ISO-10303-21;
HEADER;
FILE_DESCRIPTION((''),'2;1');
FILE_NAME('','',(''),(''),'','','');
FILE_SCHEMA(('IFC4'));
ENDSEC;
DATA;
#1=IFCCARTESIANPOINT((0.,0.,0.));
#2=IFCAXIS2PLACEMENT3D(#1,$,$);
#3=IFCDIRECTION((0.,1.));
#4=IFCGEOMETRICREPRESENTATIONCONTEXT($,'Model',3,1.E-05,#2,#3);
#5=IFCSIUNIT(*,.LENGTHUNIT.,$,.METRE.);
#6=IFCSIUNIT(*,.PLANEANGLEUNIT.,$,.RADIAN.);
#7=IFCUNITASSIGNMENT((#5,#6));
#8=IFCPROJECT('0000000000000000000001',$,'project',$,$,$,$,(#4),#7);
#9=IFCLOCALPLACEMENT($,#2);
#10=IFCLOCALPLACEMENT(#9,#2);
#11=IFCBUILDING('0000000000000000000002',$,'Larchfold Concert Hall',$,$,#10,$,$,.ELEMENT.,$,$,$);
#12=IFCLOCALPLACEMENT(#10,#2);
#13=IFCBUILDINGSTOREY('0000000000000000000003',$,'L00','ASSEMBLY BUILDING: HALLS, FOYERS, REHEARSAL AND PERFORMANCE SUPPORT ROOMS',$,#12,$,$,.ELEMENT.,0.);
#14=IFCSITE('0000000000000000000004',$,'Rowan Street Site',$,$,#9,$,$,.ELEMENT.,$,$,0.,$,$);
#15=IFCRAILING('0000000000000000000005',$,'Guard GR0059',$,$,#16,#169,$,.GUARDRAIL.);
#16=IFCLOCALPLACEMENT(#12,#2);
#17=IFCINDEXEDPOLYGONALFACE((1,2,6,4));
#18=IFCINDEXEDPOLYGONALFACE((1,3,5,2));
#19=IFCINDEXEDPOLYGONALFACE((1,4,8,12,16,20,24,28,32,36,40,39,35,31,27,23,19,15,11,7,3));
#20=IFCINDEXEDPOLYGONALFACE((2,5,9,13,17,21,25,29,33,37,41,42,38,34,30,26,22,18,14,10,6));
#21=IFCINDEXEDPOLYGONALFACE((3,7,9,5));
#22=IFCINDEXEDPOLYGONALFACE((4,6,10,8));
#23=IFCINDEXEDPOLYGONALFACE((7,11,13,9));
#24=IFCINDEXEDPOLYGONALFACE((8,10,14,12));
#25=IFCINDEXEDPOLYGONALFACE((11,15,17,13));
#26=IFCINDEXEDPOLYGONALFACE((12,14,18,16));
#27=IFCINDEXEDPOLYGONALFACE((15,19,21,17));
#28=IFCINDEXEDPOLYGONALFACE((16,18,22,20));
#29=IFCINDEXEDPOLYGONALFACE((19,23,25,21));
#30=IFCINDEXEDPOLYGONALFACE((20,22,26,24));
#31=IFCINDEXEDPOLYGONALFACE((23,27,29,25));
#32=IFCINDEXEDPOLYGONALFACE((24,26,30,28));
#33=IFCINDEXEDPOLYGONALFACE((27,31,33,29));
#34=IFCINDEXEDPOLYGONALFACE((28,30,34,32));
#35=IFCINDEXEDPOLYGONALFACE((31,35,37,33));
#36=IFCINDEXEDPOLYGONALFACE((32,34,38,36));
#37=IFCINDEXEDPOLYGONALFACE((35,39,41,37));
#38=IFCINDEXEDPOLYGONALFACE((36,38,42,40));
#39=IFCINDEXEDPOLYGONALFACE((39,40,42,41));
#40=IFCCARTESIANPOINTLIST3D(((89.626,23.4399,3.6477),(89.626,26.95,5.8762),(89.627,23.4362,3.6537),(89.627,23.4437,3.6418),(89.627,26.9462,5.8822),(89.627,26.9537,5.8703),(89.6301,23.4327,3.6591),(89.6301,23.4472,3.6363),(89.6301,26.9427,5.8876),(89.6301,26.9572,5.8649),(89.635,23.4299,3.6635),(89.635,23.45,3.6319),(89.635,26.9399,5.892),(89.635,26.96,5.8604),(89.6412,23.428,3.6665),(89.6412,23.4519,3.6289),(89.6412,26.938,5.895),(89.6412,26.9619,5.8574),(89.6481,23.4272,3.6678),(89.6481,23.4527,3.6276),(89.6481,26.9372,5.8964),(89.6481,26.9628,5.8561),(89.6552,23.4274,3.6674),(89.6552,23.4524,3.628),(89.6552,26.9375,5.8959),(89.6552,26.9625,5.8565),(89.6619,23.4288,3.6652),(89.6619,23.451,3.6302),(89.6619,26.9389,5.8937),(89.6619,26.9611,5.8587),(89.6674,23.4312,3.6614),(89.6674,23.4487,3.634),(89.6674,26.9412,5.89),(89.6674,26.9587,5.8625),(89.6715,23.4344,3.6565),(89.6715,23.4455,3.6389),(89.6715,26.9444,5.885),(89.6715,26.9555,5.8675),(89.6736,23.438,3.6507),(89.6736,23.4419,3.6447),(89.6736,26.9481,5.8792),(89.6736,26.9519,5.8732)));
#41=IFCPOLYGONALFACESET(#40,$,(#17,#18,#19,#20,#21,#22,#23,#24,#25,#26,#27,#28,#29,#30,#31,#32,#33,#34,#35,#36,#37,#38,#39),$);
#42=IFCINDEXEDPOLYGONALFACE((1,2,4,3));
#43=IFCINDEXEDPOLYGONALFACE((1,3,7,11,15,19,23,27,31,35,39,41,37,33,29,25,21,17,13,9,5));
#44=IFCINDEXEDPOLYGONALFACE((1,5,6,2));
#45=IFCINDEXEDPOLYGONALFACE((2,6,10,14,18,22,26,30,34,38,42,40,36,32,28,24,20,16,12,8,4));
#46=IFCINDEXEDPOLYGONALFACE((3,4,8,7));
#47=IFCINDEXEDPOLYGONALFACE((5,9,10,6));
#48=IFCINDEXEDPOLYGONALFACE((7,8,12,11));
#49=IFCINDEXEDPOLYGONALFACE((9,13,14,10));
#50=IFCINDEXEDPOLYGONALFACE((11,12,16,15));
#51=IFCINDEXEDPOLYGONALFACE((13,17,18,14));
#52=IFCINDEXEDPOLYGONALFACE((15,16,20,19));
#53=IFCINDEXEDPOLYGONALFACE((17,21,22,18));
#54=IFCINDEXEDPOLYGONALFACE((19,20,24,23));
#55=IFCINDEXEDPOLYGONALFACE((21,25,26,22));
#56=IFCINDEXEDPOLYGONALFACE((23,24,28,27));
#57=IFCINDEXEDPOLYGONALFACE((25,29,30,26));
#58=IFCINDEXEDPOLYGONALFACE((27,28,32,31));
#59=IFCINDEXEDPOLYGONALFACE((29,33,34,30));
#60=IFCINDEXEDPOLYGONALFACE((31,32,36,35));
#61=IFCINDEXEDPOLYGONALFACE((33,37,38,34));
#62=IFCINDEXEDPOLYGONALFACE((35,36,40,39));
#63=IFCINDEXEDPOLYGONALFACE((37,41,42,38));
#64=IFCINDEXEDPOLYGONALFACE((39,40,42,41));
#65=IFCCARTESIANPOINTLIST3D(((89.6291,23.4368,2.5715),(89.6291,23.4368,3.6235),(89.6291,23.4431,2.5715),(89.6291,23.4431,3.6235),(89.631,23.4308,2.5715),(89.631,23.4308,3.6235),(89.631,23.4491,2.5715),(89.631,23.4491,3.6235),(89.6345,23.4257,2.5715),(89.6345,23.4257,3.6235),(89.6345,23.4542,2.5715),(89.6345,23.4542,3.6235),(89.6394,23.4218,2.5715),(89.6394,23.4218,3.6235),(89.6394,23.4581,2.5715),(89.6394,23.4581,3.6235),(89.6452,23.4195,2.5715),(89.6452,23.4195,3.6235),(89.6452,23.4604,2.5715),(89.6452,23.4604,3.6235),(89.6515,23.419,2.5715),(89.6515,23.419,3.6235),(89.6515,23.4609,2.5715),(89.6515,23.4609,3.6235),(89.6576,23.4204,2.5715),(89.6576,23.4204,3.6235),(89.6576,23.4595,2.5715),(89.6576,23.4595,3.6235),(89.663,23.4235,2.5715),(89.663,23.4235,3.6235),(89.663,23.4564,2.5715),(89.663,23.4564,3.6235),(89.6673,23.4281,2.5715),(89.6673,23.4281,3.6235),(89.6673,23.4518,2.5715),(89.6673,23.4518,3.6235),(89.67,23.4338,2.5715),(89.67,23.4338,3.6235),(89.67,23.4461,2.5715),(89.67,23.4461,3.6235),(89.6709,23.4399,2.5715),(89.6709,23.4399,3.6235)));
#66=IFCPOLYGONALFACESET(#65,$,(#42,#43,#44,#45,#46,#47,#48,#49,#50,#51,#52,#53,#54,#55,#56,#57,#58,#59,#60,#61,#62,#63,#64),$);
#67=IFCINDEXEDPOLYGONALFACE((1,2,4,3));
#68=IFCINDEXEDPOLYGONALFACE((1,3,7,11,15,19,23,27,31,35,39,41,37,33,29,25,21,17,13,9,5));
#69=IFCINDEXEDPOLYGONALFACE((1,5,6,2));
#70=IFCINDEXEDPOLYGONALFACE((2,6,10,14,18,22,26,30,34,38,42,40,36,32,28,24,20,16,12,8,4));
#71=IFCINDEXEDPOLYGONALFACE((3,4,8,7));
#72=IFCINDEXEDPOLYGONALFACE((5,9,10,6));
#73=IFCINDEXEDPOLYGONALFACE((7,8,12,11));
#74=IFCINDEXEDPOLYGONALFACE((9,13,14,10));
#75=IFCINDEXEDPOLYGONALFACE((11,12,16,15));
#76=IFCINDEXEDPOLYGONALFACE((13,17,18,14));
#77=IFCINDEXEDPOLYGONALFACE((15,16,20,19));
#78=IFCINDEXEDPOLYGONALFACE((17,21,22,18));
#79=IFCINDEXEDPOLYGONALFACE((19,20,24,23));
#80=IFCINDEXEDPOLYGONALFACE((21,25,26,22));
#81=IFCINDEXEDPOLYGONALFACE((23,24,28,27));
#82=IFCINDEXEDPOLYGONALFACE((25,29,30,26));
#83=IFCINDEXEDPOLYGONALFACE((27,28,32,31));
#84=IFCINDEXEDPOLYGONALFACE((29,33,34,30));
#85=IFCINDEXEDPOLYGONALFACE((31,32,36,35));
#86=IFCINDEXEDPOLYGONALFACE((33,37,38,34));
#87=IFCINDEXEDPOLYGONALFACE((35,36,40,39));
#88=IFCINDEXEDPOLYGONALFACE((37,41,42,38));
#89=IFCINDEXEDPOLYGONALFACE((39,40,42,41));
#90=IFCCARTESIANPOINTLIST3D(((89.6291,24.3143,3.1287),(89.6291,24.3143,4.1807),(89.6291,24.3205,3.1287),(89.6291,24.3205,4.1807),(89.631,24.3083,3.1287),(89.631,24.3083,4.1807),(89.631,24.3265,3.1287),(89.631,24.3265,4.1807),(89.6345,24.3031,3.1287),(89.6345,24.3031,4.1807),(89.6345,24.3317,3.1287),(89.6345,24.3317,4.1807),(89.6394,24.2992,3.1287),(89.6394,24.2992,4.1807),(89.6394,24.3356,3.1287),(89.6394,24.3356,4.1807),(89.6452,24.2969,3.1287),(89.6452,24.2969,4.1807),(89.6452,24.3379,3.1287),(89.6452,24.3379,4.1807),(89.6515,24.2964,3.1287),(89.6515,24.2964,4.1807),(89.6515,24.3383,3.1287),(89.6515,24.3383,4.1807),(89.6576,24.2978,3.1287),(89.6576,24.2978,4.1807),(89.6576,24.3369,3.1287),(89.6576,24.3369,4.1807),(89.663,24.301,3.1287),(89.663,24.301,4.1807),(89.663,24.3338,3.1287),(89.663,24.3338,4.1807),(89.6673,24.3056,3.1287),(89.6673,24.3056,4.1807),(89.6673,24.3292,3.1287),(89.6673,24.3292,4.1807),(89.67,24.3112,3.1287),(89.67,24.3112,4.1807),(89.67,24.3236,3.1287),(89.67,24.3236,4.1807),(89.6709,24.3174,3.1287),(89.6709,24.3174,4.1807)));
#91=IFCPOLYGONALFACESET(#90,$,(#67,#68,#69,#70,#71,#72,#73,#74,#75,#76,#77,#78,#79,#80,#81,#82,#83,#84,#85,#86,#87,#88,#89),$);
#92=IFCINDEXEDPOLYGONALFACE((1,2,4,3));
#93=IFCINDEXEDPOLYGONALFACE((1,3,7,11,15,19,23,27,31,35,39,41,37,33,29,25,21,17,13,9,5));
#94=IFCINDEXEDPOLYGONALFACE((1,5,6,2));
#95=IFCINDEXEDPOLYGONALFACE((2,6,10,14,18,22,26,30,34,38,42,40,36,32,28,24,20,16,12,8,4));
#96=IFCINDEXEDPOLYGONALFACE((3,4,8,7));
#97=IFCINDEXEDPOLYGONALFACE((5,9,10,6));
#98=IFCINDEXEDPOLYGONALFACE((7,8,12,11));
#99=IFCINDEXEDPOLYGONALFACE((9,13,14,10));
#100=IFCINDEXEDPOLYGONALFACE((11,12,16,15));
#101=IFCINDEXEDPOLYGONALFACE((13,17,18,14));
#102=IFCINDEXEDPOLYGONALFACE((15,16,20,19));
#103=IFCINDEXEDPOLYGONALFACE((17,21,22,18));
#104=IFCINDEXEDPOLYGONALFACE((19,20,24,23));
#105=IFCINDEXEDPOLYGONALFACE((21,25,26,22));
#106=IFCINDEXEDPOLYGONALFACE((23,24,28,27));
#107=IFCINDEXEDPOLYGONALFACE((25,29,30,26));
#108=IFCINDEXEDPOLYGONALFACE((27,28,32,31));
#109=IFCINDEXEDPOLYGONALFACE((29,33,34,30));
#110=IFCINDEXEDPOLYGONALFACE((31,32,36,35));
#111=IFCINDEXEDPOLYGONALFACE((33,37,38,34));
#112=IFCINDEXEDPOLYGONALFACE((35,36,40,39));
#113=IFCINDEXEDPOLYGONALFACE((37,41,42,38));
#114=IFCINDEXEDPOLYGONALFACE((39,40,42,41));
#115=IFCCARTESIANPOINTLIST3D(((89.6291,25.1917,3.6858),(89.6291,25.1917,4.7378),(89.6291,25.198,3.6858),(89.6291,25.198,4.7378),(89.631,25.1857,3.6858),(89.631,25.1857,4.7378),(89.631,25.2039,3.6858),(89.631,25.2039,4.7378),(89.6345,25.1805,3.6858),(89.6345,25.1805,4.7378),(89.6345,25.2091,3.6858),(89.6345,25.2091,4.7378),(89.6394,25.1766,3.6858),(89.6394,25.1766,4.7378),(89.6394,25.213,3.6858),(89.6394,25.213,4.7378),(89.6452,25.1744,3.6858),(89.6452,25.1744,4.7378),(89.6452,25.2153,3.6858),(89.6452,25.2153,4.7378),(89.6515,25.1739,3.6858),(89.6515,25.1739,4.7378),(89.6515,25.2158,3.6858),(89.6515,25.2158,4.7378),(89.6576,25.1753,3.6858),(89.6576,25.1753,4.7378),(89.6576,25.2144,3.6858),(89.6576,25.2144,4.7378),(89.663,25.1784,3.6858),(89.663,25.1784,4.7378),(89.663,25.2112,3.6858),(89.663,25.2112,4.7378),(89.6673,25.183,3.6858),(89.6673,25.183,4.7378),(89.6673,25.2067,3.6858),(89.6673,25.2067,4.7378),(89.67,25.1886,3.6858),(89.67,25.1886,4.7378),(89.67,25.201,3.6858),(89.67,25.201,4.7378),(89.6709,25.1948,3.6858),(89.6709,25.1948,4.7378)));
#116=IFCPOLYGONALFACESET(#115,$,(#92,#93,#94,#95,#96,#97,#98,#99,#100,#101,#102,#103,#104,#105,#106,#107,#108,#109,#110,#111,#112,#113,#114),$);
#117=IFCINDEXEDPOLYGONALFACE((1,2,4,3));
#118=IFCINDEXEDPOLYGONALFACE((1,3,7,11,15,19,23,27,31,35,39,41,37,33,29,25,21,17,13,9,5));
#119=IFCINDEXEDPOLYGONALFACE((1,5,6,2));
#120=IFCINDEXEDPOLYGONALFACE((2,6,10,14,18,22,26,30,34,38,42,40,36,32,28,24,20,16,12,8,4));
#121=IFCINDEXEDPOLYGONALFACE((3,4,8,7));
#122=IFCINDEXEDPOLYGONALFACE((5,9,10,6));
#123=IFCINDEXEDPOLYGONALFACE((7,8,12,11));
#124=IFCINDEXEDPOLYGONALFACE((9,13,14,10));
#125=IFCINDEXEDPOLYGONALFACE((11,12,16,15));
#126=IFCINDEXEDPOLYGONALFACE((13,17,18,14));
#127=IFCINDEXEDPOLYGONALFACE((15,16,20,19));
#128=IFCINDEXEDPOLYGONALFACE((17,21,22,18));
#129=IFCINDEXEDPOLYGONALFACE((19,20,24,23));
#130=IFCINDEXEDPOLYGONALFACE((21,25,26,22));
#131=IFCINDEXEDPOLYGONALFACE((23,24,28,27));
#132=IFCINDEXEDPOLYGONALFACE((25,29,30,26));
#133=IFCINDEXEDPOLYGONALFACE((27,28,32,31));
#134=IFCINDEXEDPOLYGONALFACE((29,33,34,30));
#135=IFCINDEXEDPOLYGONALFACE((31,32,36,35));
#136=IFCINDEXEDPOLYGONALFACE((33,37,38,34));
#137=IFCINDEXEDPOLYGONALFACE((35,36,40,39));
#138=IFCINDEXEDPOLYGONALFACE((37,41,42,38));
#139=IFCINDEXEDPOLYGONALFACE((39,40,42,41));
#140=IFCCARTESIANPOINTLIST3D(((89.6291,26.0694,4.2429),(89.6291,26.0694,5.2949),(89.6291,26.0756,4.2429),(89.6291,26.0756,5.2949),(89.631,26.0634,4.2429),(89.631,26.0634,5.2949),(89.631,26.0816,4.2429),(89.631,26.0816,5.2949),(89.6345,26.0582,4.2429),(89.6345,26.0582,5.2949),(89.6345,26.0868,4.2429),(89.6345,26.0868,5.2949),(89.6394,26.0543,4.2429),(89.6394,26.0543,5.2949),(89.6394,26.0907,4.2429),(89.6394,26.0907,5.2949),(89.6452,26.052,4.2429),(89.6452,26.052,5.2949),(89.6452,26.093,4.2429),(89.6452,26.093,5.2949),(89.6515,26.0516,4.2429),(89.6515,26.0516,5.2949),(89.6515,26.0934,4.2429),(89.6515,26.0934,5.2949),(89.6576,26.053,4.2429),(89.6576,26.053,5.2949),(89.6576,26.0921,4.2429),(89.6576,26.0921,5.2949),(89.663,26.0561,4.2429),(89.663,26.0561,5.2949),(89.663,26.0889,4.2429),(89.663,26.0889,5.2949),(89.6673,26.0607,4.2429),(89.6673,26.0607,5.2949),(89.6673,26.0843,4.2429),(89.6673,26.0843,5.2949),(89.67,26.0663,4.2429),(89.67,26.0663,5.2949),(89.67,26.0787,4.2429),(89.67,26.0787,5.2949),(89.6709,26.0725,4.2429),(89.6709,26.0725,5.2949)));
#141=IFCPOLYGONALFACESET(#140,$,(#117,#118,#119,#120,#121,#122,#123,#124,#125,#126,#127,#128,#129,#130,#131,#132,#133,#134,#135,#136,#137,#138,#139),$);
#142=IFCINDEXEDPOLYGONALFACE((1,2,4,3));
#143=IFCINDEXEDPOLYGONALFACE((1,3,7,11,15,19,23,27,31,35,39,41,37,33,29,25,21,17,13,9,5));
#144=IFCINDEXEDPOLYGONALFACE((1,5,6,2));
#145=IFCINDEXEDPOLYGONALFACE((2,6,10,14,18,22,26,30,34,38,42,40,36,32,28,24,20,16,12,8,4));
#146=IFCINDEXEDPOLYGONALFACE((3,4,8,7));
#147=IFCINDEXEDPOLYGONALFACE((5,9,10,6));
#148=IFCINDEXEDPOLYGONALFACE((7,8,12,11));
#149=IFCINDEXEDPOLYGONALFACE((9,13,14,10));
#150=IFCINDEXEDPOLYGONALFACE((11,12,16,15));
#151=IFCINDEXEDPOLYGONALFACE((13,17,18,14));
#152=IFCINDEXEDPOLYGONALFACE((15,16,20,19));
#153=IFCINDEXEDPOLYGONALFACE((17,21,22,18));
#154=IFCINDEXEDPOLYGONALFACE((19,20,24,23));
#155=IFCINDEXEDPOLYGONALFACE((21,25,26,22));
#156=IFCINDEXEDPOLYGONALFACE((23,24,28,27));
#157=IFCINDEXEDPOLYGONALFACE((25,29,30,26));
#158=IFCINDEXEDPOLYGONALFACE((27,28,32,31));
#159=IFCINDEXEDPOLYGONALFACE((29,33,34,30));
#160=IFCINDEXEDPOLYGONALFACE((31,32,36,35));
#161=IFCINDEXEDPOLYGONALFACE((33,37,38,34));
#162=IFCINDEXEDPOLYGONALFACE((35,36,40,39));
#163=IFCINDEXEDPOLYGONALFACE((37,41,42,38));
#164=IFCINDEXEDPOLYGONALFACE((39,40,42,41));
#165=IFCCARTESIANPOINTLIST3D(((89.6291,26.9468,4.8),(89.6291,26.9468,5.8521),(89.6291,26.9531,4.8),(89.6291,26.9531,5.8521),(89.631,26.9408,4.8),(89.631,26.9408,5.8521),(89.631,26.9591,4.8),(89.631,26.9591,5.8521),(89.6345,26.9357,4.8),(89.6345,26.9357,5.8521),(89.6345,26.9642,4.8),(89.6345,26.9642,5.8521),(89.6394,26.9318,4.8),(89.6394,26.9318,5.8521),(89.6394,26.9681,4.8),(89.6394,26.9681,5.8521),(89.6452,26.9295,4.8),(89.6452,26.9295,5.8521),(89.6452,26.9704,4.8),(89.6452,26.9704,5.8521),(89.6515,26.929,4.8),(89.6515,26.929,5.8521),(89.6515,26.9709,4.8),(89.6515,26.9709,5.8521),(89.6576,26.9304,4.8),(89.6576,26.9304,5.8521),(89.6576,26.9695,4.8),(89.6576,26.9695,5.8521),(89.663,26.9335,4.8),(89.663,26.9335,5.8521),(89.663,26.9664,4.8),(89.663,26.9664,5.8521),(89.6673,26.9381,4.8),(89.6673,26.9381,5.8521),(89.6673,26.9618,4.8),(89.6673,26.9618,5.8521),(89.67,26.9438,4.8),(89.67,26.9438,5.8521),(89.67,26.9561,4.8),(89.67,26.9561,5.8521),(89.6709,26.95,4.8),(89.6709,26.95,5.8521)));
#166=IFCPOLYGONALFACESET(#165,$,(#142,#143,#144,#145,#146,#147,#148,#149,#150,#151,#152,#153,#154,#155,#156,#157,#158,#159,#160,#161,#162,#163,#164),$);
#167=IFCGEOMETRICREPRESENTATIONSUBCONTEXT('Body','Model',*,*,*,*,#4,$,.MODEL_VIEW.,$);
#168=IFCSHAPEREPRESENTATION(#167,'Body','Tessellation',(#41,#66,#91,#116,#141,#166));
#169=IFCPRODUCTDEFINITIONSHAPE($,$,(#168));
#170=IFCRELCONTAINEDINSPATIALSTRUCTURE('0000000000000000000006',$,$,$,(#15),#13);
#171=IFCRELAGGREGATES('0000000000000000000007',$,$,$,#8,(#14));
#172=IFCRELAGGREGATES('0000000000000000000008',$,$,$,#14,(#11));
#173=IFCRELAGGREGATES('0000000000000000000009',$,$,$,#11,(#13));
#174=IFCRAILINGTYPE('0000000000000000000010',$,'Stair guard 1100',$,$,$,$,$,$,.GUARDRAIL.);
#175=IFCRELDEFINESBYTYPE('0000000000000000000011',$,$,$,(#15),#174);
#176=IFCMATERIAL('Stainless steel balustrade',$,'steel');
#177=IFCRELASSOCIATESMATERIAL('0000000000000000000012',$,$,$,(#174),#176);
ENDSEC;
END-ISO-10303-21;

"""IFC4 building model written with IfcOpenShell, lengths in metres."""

from ifc_helpers import new_model, si_unit, direction, frame, origin, origin_2d, place, context, subcontext, project, spatial, circle, extrude, material, type_object, element, save


model = new_model("IFC4")

# Units and contexts
model_context = context("Model", 3, precision=1e-05, world=origin(), true_north=direction((0.0, 1.0)))
body_context = subcontext(model_context, "Body", "Model", "MODEL_VIEW")
ifc_project = project(units=[si_unit("LENGTHUNIT", "METRE"), si_unit("PLANEANGLEUNIT", "RADIAN")], contexts=[model_context])

# Site, building, storey
site_placement = place(None, origin())
site = spatial("IfcSite", under=ifc_project, at=site_placement, Name="Rowan Street Site", CompositionType="ELEMENT", RefElevation=0.0)
building_placement = place(site_placement, origin())
building = spatial("IfcBuilding", under=site, at=building_placement, Name="Larchfold Concert Hall", CompositionType="ELEMENT")
storey_placement = place(building_placement, origin())
storey = spatial("IfcBuildingStorey", under=building, at=storey_placement, Name="L00", Description="ASSEMBLY BUILDING: HALLS, FOYERS, REHEARSAL AND PERFORMANCE SUPPORT ROOMS", CompositionType="ELEMENT", Elevation=0.0)

# Railing
ifc_material_1 = material(Name="Stainless steel balustrade", Category="steel")
railing_type_1 = type_object("IfcRailingType", Name="Stair guard 1100", PredefinedType="GUARDRAIL", material=ifc_material_1)
railing_1_placement = place(storey_placement, frame((89.6499, 23.4399, 2.5715)))
element("IfcRailing", 1, at=railing_1_placement, inside=storey, type_object=railing_type_1, Name="Guard GR0059", PredefinedType="GUARDRAIL", context=body_context, shape_type="SweptSolid", body=[
    extrude(circle(Radius=0.0239, at=origin_2d()), frame((0.0, 0.0, 1.0762), z_axis=(0.0, 0.84422, 0.535998), x_axis=(-1.0, 0.0, 0.0)), (0.0, 0.0, 1.0), 4.1577),
    extrude(circle(Radius=0.021, at=origin_2d()), origin(), (0.0, 0.0, 1.0), 1.052),
    extrude(circle(Radius=0.021, at=origin_2d()), frame((0.0, 0.8774, 0.5571)), (0.0, 0.0, 1.0), 1.052),
    extrude(circle(Radius=0.021, at=origin_2d()), frame((0.0, 1.7549, 1.1143)), (0.0, 0.0, 1.0), 1.052),
    extrude(circle(Radius=0.021, at=origin_2d()), frame((0.0, 2.6326, 1.6714)), (0.0, 0.0, 1.0), 1.052),
    extrude(circle(Radius=0.021, at=origin_2d()), frame((0.0, 3.51, 2.2285)), (0.0, 0.0, 1.0), 1.052),
])

save(model, "model.ifc")
